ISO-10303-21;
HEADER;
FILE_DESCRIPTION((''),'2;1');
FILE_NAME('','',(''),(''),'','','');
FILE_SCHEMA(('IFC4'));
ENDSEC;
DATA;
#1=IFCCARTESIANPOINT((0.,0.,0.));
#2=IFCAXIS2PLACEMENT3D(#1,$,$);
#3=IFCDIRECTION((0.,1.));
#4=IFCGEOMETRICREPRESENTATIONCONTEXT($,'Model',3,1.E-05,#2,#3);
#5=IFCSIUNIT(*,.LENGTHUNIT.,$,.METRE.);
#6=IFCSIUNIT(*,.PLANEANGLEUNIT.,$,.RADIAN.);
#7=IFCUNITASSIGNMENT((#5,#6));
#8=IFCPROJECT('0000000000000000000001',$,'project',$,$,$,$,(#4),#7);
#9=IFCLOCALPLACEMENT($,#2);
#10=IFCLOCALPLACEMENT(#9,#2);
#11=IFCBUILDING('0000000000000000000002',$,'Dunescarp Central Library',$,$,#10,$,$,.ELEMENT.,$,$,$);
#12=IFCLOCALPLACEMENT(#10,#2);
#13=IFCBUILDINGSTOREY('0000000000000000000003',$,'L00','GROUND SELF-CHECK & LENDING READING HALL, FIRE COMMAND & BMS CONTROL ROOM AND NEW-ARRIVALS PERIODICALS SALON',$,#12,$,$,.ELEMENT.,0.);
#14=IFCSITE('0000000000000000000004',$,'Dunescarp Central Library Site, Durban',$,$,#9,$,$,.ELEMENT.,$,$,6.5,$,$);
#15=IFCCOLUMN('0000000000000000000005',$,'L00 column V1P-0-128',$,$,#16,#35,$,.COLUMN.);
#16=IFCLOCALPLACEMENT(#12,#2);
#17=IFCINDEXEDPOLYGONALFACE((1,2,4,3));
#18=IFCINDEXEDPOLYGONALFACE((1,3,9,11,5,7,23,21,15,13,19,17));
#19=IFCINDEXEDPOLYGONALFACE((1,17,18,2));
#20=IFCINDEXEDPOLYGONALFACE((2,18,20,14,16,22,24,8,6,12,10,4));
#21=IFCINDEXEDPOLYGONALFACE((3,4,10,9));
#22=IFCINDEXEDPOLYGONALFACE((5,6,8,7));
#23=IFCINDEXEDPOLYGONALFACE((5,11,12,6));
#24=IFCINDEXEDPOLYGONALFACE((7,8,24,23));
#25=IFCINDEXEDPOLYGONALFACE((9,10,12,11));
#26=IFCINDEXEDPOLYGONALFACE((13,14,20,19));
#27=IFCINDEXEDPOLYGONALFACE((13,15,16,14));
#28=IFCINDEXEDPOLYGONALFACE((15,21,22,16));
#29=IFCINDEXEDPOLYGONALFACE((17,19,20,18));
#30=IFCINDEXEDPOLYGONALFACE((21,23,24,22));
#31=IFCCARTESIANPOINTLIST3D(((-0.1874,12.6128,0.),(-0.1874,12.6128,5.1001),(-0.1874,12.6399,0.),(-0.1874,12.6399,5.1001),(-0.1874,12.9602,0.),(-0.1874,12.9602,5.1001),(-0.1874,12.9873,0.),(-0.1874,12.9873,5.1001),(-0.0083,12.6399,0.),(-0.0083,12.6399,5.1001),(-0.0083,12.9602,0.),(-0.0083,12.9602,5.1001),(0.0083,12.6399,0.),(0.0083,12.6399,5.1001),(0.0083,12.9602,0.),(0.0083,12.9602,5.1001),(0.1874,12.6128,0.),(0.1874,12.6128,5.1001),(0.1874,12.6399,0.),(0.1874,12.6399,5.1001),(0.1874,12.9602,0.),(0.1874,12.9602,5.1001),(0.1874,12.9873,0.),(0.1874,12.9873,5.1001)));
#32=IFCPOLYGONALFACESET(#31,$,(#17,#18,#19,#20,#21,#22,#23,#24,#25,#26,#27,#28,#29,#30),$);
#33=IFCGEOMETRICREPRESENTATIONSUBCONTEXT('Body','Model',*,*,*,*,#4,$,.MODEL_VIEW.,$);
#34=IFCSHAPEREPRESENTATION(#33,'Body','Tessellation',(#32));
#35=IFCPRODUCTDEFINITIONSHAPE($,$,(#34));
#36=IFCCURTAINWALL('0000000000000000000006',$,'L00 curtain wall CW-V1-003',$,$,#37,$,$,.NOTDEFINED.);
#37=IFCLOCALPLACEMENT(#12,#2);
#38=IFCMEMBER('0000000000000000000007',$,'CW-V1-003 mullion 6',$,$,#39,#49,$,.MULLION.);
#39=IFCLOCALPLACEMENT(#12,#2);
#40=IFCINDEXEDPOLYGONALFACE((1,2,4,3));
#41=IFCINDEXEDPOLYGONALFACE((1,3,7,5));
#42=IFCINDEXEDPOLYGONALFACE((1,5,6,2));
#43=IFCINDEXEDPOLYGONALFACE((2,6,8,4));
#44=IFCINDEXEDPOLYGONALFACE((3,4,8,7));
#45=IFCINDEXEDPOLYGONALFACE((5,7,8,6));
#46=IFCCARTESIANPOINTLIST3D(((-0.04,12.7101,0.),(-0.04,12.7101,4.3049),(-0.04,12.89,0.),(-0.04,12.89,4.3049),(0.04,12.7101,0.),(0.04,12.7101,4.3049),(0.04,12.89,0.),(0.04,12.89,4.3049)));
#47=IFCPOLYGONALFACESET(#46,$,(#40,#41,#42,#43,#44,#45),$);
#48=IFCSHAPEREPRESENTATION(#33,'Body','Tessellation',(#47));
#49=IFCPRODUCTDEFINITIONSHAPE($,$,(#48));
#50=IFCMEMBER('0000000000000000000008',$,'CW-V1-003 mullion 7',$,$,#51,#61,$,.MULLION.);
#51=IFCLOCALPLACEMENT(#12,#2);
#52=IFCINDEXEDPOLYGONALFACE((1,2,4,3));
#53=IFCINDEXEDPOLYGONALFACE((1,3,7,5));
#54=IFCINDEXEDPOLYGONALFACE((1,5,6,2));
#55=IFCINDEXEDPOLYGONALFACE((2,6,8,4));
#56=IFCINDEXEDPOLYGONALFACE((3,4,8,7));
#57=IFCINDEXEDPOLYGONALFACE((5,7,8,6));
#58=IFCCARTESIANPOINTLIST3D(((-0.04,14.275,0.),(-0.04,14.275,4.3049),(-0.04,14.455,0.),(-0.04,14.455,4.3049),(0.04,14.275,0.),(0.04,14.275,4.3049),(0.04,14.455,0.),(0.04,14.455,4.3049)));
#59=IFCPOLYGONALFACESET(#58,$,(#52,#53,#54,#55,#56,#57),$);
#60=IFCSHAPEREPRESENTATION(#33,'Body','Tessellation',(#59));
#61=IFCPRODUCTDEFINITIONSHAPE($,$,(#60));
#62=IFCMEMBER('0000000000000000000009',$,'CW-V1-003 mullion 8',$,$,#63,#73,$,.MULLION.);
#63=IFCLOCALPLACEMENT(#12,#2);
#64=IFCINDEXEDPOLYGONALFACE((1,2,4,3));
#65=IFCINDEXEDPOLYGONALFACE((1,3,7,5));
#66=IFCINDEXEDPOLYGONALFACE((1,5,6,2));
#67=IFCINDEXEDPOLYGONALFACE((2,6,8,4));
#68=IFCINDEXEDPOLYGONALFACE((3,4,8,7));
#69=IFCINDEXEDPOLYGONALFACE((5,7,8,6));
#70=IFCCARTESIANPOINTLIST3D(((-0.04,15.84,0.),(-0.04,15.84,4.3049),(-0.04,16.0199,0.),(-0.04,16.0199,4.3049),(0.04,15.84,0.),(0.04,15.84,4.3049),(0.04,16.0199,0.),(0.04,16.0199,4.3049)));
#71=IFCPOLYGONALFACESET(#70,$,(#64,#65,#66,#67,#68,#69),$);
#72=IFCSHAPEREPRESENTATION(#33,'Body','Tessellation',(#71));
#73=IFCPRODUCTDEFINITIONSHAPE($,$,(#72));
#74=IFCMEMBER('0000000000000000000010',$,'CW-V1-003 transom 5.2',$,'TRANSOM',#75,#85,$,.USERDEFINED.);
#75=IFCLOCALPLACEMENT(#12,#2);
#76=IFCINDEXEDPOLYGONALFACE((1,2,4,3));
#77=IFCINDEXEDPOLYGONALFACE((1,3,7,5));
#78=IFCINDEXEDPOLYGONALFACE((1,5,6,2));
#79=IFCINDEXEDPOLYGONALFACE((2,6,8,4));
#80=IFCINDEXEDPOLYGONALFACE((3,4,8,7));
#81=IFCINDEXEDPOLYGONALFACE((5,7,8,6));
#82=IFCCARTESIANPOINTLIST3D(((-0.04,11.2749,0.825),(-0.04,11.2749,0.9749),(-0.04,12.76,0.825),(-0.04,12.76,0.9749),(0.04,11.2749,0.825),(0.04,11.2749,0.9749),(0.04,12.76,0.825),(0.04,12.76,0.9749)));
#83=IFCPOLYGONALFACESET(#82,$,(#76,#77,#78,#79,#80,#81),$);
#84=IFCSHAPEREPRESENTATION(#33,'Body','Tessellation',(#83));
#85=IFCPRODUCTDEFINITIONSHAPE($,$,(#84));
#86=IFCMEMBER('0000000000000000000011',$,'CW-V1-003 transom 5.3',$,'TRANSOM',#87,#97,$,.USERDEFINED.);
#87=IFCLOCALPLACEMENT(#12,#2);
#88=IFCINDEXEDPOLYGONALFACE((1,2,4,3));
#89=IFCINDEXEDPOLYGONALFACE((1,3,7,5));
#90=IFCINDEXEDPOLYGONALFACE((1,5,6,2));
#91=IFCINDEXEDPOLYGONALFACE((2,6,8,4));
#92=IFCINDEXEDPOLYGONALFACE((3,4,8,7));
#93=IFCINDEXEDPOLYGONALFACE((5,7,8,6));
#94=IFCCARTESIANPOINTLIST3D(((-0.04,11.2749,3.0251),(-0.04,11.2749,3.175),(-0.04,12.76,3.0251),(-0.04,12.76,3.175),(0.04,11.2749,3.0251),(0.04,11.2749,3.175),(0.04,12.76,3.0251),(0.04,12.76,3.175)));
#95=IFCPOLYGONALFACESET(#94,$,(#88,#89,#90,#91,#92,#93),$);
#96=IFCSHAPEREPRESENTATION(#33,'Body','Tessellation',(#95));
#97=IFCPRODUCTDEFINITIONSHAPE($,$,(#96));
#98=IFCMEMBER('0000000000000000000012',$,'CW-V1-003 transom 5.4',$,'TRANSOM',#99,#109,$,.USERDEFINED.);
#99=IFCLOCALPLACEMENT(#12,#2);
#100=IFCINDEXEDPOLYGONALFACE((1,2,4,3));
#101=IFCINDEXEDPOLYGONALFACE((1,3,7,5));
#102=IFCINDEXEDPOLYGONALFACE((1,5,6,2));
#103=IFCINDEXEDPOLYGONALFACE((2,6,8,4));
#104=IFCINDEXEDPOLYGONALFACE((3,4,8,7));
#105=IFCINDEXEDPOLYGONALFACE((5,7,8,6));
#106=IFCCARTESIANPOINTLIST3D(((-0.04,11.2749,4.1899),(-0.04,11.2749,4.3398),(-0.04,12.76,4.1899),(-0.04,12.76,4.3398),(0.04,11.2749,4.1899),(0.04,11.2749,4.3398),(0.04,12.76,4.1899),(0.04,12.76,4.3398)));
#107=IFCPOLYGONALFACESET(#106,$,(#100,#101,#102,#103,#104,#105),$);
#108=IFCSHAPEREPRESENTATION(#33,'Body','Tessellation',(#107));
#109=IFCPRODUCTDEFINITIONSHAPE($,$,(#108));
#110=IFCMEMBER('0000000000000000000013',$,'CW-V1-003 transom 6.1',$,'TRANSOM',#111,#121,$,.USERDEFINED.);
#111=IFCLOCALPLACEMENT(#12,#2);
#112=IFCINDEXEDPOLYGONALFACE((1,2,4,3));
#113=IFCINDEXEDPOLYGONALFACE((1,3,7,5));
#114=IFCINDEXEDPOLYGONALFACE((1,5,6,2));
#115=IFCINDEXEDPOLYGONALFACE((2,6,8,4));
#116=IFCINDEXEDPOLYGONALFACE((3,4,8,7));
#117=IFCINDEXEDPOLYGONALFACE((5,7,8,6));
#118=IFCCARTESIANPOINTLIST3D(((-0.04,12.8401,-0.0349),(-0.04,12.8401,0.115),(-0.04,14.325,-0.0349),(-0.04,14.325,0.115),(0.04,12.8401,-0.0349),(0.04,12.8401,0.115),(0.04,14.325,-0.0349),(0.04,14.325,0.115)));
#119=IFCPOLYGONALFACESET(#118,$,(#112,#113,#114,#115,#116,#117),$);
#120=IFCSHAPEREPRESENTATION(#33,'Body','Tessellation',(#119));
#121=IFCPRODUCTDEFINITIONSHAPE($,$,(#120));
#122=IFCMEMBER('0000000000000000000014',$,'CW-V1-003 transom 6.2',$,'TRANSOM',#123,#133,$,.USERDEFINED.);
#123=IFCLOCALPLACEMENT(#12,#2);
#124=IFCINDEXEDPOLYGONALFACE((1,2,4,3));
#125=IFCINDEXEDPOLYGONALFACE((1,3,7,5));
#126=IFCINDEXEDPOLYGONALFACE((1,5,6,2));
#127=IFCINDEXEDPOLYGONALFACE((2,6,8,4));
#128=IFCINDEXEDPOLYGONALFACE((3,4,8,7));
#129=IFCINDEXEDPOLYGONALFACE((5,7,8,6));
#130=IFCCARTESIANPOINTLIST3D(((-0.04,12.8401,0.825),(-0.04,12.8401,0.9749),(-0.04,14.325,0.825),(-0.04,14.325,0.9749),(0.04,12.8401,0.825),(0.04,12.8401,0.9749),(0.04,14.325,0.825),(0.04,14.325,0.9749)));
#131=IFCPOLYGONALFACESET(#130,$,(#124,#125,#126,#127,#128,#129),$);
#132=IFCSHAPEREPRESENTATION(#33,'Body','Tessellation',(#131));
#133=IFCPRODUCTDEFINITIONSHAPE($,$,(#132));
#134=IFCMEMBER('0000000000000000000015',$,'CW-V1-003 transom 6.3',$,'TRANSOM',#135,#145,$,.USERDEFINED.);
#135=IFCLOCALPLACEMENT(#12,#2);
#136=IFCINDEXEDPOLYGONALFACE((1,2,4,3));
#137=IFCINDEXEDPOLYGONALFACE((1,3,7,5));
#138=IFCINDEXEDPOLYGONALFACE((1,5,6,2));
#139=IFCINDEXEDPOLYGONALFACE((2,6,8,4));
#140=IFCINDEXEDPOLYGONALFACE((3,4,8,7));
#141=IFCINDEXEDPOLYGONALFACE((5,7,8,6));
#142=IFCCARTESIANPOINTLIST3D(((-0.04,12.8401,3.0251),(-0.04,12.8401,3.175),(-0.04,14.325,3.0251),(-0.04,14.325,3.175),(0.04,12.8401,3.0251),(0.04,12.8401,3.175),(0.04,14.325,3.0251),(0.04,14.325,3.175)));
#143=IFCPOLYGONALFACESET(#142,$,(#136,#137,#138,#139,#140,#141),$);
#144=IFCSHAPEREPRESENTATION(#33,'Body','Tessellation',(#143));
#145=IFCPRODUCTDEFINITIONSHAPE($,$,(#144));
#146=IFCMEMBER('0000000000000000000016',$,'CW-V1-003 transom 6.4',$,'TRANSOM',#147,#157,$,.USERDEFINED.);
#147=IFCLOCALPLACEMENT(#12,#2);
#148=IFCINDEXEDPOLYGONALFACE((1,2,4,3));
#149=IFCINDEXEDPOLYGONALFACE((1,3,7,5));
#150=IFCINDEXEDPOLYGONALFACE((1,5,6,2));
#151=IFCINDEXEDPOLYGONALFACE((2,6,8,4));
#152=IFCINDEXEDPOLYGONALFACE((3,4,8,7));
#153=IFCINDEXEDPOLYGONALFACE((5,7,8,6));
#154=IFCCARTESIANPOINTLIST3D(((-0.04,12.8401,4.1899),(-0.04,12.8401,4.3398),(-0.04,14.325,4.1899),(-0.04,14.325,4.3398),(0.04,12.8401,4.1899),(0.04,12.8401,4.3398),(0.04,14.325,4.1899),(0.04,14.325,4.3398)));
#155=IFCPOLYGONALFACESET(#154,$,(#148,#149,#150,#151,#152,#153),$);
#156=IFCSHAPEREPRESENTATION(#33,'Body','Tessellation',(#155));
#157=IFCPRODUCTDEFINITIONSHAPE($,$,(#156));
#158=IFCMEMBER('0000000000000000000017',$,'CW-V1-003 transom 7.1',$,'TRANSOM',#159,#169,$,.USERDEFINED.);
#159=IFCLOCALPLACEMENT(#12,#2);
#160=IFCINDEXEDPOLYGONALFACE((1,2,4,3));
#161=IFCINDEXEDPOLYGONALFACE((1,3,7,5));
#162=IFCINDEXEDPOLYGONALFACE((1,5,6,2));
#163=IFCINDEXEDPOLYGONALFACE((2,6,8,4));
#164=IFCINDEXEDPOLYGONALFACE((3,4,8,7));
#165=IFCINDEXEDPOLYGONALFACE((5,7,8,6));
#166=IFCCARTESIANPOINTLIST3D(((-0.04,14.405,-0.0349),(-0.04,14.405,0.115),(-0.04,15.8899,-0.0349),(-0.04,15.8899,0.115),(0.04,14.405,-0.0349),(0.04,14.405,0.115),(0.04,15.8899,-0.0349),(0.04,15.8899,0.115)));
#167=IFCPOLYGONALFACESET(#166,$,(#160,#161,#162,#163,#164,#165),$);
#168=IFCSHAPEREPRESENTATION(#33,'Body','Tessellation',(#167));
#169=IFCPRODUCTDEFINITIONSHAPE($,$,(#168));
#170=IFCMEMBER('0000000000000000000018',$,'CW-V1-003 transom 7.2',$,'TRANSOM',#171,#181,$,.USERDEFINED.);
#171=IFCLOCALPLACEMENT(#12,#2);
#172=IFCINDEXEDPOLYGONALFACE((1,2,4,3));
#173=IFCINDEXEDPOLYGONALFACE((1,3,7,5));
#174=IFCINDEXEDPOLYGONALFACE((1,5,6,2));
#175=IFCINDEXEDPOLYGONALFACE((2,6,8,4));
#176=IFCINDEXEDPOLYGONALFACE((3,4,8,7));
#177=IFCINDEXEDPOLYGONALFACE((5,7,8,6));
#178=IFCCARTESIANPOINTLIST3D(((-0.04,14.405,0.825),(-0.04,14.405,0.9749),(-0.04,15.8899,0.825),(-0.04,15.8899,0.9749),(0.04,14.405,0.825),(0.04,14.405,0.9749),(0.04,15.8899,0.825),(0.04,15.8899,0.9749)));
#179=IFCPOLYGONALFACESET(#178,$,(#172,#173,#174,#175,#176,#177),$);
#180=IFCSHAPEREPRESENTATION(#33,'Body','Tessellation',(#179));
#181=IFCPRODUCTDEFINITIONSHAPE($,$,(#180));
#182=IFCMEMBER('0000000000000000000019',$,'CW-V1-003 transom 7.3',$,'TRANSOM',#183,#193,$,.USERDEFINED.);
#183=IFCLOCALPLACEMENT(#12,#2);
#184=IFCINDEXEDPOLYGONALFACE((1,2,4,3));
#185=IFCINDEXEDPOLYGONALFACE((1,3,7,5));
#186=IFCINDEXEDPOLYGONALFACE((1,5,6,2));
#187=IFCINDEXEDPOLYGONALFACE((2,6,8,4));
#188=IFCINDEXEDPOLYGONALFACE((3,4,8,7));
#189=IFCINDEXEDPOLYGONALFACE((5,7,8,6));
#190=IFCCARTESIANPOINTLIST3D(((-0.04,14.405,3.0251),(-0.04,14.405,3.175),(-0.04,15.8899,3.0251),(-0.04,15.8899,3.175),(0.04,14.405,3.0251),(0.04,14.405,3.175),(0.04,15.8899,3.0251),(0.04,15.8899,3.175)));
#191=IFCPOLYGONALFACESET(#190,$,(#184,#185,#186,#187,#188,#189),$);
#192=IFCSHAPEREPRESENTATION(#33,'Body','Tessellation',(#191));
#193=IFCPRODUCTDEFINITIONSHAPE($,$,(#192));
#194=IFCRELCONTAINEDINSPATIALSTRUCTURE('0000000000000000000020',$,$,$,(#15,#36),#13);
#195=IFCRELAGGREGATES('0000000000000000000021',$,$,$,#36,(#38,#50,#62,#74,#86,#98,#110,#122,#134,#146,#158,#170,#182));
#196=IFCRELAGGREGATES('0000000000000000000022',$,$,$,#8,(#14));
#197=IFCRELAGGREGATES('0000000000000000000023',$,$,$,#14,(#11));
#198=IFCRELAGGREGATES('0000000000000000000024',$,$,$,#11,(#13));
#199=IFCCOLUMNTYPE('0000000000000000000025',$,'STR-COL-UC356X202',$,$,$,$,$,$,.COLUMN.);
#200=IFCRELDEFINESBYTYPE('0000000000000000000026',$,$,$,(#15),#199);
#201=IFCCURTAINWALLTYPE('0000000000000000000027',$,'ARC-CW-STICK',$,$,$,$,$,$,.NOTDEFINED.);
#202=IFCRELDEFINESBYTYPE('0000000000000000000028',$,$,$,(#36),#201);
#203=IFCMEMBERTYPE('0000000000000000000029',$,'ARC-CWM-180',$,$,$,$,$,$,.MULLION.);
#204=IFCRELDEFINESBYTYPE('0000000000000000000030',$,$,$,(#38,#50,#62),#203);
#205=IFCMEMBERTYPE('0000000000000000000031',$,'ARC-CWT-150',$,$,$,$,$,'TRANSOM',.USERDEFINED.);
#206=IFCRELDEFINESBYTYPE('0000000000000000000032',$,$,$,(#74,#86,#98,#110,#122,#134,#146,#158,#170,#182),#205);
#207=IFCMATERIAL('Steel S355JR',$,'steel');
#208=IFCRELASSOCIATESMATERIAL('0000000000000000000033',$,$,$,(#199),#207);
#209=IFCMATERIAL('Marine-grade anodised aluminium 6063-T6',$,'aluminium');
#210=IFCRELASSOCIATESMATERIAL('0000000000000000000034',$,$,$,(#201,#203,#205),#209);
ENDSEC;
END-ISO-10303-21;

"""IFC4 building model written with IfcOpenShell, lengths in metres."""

from ifc_helpers import new_model, si_unit, direction, frame, origin, origin_2d, place, context, subcontext, project, spatial, rectangle, i_section, extrude, material, material_profile, profile_set, type_object, element, aggregate, save


model = new_model("IFC4")

# Units and contexts
model_context = context("Model", 3, precision=1e-05, world=origin(), true_north=direction((0.0, 1.0)))
body_context = subcontext(model_context, "Body", "Model", "MODEL_VIEW")
ifc_project = project(units=[si_unit("LENGTHUNIT", "METRE"), si_unit("PLANEANGLEUNIT", "RADIAN")], contexts=[model_context])

# Site, building, storey
site_placement = place(None, origin())
site = spatial("IfcSite", under=ifc_project, at=site_placement, Name="Dunescarp Central Library Site, Durban", CompositionType="ELEMENT", RefElevation=6.5)
building_placement = place(site_placement, origin())
building = spatial("IfcBuilding", under=site, at=building_placement, Name="Dunescarp Central Library", CompositionType="ELEMENT")
storey_placement = place(building_placement, origin())
storey = spatial("IfcBuildingStorey", under=building, at=storey_placement, Name="L00", Description="GROUND SELF-CHECK & LENDING READING HALL, FIRE COMMAND & BMS CONTROL ROOM AND NEW-ARRIVALS PERIODICALS SALON", CompositionType="ELEMENT", Elevation=0.0)

# Column
ifc_material_1 = material(Name="Steel S355JR", Category="steel")
ifc_material_profile_1 = material_profile(ifc_material_1, i_section(OverallWidth=0.3748, OverallDepth=0.3745, WebThickness=0.0166, FlangeThickness=0.0271, at=origin_2d()), Name="UC 356x368x202")
ifc_profile_set_1 = profile_set([ifc_material_profile_1], Name="Steel S355JR")
column_type = type_object("IfcColumnType", Name="STR-COL-UC356X202", PredefinedType="COLUMN", material=ifc_profile_set_1)
column_placement = place(storey_placement, frame((0.0, 12.8, 0.0), z_axis=(0.0, 0.0, 1.0), x_axis=(1.0, 0.0, 0.0)))
element("IfcColumn", 1, at=column_placement, inside=storey, type_object=column_type, Name="L00 column V1P-0-128", PredefinedType="COLUMN", context=body_context, shape_type="SweptSolid", body=[
    extrude(i_section(OverallWidth=0.3748, OverallDepth=0.3745, WebThickness=0.0166, FlangeThickness=0.0271, at=origin_2d()), origin(), (0.0, 0.0, 1.0), 5.1001),
])

# Curtain wall, members
ifc_material_2 = material(Name="Marine-grade anodised aluminium 6063-T6", Category="aluminium")
curtain_wall_type = type_object("IfcCurtainWallType", Name="ARC-CW-STICK", PredefinedType="NOTDEFINED", material=ifc_material_2)
curtain_wall_placement = place(storey_placement, origin())
curtain_wall = element("IfcCurtainWall", 2, at=curtain_wall_placement, inside=storey, type_object=curtain_wall_type, Name="L00 curtain wall CW-V1-003", PredefinedType="NOTDEFINED")
ifc_material_profile_2 = material_profile(ifc_material_2, rectangle(XDim=0.0801, YDim=0.1799, at=origin_2d()), Name="AL 80x180")
ifc_profile_set_2 = profile_set([ifc_material_profile_2], Name="Marine-grade anodised aluminium 6063-T6")
member_type_1 = type_object("IfcMemberType", Name="ARC-CWM-180", PredefinedType="MULLION", material=ifc_profile_set_2)
member_1_placement = place(storey_placement, frame((0.0, 12.8, 0.0), z_axis=(0.0, 0.0, 1.0), x_axis=(-1.0, 0.0, 0.0)))
member_1 = element("IfcMember", 3, at=member_1_placement, type_object=member_type_1, Name="CW-V1-003 mullion 6", PredefinedType="MULLION", context=body_context, shape_type="SweptSolid", body=[
    extrude(rectangle(XDim=0.0801, YDim=0.1799, at=origin_2d()), origin(), (0.0, 0.0, 1.0), 4.3049),
])
member_2_placement = place(storey_placement, frame((0.0, 14.365, 0.0), z_axis=(0.0, 0.0, 1.0), x_axis=(-1.0, 0.0, 0.0)))
member_2 = element("IfcMember", 4, at=member_2_placement, type_object=member_type_1, Name="CW-V1-003 mullion 7", PredefinedType="MULLION", context=body_context, shape_type="SweptSolid", body=[
    extrude(rectangle(XDim=0.0801, YDim=0.1799, at=origin_2d()), origin(), (0.0, 0.0, 1.0), 4.3049),
])
member_3_placement = place(storey_placement, frame((0.0, 15.9299, 0.0), z_axis=(0.0, 0.0, 1.0), x_axis=(-1.0, 0.0, 0.0)))
member_3 = element("IfcMember", 5, at=member_3_placement, type_object=member_type_1, Name="CW-V1-003 mullion 8", PredefinedType="MULLION", context=body_context, shape_type="SweptSolid", body=[
    extrude(rectangle(XDim=0.0801, YDim=0.1799, at=origin_2d()), origin(), (0.0, 0.0, 1.0), 4.3049),
])
ifc_material_profile_3 = material_profile(ifc_material_2, rectangle(XDim=0.0801, YDim=0.1499, at=origin_2d()), Name="AL 80x150")
ifc_profile_set_3 = profile_set([ifc_material_profile_3], Name="Marine-grade anodised aluminium 6063-T6")
member_type_2 = type_object("IfcMemberType", Name="ARC-CWT-150", ElementType="TRANSOM", PredefinedType="USERDEFINED", material=ifc_profile_set_3)
member_4_placement = place(storey_placement, frame((0.0, 11.2749, 0.8999), z_axis=(0.0, 1.0, 0.0), x_axis=(-1.0, 0.0, 0.0)))
member_4 = element("IfcMember", 6, at=member_4_placement, type_object=member_type_2, Name="CW-V1-003 transom 5.2", ObjectType="TRANSOM", PredefinedType="USERDEFINED", context=body_context, shape_type="SweptSolid", body=[
    extrude(rectangle(XDim=0.0801, YDim=0.1499, at=origin_2d()), origin(), (0.0, 0.0, 1.0), 1.4851),
])
member_5_placement = place(storey_placement, frame((0.0, 11.2749, 3.1001), z_axis=(0.0, 1.0, 0.0), x_axis=(-1.0, 0.0, 0.0)))
member_5 = element("IfcMember", 7, at=member_5_placement, type_object=member_type_2, Name="CW-V1-003 transom 5.3", ObjectType="TRANSOM", PredefinedType="USERDEFINED", context=body_context, shape_type="SweptSolid", body=[
    extrude(rectangle(XDim=0.0801, YDim=0.1499, at=origin_2d()), origin(), (0.0, 0.0, 1.0), 1.4851),
])
member_6_placement = place(storey_placement, frame((0.0, 11.2749, 4.2649), z_axis=(0.0, 1.0, 0.0), x_axis=(-1.0, 0.0, 0.0)))
member_6 = element("IfcMember", 8, at=member_6_placement, type_object=member_type_2, Name="CW-V1-003 transom 5.4", ObjectType="TRANSOM", PredefinedType="USERDEFINED", context=body_context, shape_type="SweptSolid", body=[
    extrude(rectangle(XDim=0.0801, YDim=0.1499, at=origin_2d()), origin(), (0.0, 0.0, 1.0), 1.4851),
])
member_7_placement = place(storey_placement, frame((0.0, 12.8401, 0.04), z_axis=(0.0, 1.0, 0.0), x_axis=(-1.0, 0.0, 0.0)))
member_7 = element("IfcMember", 9, at=member_7_placement, type_object=member_type_2, Name="CW-V1-003 transom 6.1", ObjectType="TRANSOM", PredefinedType="USERDEFINED", context=body_context, shape_type="SweptSolid", body=[
    extrude(rectangle(XDim=0.0801, YDim=0.1499, at=origin_2d()), origin(), (0.0, 0.0, 1.0), 1.4849),
])
member_8_placement = place(storey_placement, frame((0.0, 12.8401, 0.8999), z_axis=(0.0, 1.0, 0.0), x_axis=(-1.0, 0.0, 0.0)))
member_8 = element("IfcMember", 10, at=member_8_placement, type_object=member_type_2, Name="CW-V1-003 transom 6.2", ObjectType="TRANSOM", PredefinedType="USERDEFINED", context=body_context, shape_type="SweptSolid", body=[
    extrude(rectangle(XDim=0.0801, YDim=0.1499, at=origin_2d()), origin(), (0.0, 0.0, 1.0), 1.4849),
])
member_9_placement = place(storey_placement, frame((0.0, 12.8401, 3.1001), z_axis=(0.0, 1.0, 0.0), x_axis=(-1.0, 0.0, 0.0)))
member_9 = element("IfcMember", 11, at=member_9_placement, type_object=member_type_2, Name="CW-V1-003 transom 6.3", ObjectType="TRANSOM", PredefinedType="USERDEFINED", context=body_context, shape_type="SweptSolid", body=[
    extrude(rectangle(XDim=0.0801, YDim=0.1499, at=origin_2d()), origin(), (0.0, 0.0, 1.0), 1.4849),
])
member_10_placement = place(storey_placement, frame((0.0, 12.8401, 4.2649), z_axis=(0.0, 1.0, 0.0), x_axis=(-1.0, 0.0, 0.0)))
member_10 = element("IfcMember", 12, at=member_10_placement, type_object=member_type_2, Name="CW-V1-003 transom 6.4", ObjectType="TRANSOM", PredefinedType="USERDEFINED", context=body_context, shape_type="SweptSolid", body=[
    extrude(rectangle(XDim=0.0801, YDim=0.1499, at=origin_2d()), origin(), (0.0, 0.0, 1.0), 1.4849),
])
member_11_placement = place(storey_placement, frame((0.0, 14.405, 0.04), z_axis=(0.0, 1.0, 0.0), x_axis=(-1.0, 0.0, 0.0)))
member_11 = element("IfcMember", 13, at=member_11_placement, type_object=member_type_2, Name="CW-V1-003 transom 7.1", ObjectType="TRANSOM", PredefinedType="USERDEFINED", context=body_context, shape_type="SweptSolid", body=[
    extrude(rectangle(XDim=0.0801, YDim=0.1499, at=origin_2d()), origin(), (0.0, 0.0, 1.0), 1.4849),
])
member_12_placement = place(storey_placement, frame((0.0, 14.405, 0.8999), z_axis=(0.0, 1.0, 0.0), x_axis=(-1.0, 0.0, 0.0)))
member_12 = element("IfcMember", 14, at=member_12_placement, type_object=member_type_2, Name="CW-V1-003 transom 7.2", ObjectType="TRANSOM", PredefinedType="USERDEFINED", context=body_context, shape_type="SweptSolid", body=[
    extrude(rectangle(XDim=0.0801, YDim=0.1499, at=origin_2d()), origin(), (0.0, 0.0, 1.0), 1.4849),
])
member_13_placement = place(storey_placement, frame((0.0, 14.405, 3.1001), z_axis=(0.0, 1.0, 0.0), x_axis=(-1.0, 0.0, 0.0)))
member_13 = element("IfcMember", 15, at=member_13_placement, type_object=member_type_2, Name="CW-V1-003 transom 7.3", ObjectType="TRANSOM", PredefinedType="USERDEFINED", context=body_context, shape_type="SweptSolid", body=[
    extrude(rectangle(XDim=0.0801, YDim=0.1499, at=origin_2d()), origin(), (0.0, 0.0, 1.0), 1.4849),
])
aggregate(curtain_wall, [member_1, member_2, member_3, member_4, member_5, member_6, member_7, member_8, member_9, member_10, member_11, member_12, member_13])

save(model, "model.ifc")
